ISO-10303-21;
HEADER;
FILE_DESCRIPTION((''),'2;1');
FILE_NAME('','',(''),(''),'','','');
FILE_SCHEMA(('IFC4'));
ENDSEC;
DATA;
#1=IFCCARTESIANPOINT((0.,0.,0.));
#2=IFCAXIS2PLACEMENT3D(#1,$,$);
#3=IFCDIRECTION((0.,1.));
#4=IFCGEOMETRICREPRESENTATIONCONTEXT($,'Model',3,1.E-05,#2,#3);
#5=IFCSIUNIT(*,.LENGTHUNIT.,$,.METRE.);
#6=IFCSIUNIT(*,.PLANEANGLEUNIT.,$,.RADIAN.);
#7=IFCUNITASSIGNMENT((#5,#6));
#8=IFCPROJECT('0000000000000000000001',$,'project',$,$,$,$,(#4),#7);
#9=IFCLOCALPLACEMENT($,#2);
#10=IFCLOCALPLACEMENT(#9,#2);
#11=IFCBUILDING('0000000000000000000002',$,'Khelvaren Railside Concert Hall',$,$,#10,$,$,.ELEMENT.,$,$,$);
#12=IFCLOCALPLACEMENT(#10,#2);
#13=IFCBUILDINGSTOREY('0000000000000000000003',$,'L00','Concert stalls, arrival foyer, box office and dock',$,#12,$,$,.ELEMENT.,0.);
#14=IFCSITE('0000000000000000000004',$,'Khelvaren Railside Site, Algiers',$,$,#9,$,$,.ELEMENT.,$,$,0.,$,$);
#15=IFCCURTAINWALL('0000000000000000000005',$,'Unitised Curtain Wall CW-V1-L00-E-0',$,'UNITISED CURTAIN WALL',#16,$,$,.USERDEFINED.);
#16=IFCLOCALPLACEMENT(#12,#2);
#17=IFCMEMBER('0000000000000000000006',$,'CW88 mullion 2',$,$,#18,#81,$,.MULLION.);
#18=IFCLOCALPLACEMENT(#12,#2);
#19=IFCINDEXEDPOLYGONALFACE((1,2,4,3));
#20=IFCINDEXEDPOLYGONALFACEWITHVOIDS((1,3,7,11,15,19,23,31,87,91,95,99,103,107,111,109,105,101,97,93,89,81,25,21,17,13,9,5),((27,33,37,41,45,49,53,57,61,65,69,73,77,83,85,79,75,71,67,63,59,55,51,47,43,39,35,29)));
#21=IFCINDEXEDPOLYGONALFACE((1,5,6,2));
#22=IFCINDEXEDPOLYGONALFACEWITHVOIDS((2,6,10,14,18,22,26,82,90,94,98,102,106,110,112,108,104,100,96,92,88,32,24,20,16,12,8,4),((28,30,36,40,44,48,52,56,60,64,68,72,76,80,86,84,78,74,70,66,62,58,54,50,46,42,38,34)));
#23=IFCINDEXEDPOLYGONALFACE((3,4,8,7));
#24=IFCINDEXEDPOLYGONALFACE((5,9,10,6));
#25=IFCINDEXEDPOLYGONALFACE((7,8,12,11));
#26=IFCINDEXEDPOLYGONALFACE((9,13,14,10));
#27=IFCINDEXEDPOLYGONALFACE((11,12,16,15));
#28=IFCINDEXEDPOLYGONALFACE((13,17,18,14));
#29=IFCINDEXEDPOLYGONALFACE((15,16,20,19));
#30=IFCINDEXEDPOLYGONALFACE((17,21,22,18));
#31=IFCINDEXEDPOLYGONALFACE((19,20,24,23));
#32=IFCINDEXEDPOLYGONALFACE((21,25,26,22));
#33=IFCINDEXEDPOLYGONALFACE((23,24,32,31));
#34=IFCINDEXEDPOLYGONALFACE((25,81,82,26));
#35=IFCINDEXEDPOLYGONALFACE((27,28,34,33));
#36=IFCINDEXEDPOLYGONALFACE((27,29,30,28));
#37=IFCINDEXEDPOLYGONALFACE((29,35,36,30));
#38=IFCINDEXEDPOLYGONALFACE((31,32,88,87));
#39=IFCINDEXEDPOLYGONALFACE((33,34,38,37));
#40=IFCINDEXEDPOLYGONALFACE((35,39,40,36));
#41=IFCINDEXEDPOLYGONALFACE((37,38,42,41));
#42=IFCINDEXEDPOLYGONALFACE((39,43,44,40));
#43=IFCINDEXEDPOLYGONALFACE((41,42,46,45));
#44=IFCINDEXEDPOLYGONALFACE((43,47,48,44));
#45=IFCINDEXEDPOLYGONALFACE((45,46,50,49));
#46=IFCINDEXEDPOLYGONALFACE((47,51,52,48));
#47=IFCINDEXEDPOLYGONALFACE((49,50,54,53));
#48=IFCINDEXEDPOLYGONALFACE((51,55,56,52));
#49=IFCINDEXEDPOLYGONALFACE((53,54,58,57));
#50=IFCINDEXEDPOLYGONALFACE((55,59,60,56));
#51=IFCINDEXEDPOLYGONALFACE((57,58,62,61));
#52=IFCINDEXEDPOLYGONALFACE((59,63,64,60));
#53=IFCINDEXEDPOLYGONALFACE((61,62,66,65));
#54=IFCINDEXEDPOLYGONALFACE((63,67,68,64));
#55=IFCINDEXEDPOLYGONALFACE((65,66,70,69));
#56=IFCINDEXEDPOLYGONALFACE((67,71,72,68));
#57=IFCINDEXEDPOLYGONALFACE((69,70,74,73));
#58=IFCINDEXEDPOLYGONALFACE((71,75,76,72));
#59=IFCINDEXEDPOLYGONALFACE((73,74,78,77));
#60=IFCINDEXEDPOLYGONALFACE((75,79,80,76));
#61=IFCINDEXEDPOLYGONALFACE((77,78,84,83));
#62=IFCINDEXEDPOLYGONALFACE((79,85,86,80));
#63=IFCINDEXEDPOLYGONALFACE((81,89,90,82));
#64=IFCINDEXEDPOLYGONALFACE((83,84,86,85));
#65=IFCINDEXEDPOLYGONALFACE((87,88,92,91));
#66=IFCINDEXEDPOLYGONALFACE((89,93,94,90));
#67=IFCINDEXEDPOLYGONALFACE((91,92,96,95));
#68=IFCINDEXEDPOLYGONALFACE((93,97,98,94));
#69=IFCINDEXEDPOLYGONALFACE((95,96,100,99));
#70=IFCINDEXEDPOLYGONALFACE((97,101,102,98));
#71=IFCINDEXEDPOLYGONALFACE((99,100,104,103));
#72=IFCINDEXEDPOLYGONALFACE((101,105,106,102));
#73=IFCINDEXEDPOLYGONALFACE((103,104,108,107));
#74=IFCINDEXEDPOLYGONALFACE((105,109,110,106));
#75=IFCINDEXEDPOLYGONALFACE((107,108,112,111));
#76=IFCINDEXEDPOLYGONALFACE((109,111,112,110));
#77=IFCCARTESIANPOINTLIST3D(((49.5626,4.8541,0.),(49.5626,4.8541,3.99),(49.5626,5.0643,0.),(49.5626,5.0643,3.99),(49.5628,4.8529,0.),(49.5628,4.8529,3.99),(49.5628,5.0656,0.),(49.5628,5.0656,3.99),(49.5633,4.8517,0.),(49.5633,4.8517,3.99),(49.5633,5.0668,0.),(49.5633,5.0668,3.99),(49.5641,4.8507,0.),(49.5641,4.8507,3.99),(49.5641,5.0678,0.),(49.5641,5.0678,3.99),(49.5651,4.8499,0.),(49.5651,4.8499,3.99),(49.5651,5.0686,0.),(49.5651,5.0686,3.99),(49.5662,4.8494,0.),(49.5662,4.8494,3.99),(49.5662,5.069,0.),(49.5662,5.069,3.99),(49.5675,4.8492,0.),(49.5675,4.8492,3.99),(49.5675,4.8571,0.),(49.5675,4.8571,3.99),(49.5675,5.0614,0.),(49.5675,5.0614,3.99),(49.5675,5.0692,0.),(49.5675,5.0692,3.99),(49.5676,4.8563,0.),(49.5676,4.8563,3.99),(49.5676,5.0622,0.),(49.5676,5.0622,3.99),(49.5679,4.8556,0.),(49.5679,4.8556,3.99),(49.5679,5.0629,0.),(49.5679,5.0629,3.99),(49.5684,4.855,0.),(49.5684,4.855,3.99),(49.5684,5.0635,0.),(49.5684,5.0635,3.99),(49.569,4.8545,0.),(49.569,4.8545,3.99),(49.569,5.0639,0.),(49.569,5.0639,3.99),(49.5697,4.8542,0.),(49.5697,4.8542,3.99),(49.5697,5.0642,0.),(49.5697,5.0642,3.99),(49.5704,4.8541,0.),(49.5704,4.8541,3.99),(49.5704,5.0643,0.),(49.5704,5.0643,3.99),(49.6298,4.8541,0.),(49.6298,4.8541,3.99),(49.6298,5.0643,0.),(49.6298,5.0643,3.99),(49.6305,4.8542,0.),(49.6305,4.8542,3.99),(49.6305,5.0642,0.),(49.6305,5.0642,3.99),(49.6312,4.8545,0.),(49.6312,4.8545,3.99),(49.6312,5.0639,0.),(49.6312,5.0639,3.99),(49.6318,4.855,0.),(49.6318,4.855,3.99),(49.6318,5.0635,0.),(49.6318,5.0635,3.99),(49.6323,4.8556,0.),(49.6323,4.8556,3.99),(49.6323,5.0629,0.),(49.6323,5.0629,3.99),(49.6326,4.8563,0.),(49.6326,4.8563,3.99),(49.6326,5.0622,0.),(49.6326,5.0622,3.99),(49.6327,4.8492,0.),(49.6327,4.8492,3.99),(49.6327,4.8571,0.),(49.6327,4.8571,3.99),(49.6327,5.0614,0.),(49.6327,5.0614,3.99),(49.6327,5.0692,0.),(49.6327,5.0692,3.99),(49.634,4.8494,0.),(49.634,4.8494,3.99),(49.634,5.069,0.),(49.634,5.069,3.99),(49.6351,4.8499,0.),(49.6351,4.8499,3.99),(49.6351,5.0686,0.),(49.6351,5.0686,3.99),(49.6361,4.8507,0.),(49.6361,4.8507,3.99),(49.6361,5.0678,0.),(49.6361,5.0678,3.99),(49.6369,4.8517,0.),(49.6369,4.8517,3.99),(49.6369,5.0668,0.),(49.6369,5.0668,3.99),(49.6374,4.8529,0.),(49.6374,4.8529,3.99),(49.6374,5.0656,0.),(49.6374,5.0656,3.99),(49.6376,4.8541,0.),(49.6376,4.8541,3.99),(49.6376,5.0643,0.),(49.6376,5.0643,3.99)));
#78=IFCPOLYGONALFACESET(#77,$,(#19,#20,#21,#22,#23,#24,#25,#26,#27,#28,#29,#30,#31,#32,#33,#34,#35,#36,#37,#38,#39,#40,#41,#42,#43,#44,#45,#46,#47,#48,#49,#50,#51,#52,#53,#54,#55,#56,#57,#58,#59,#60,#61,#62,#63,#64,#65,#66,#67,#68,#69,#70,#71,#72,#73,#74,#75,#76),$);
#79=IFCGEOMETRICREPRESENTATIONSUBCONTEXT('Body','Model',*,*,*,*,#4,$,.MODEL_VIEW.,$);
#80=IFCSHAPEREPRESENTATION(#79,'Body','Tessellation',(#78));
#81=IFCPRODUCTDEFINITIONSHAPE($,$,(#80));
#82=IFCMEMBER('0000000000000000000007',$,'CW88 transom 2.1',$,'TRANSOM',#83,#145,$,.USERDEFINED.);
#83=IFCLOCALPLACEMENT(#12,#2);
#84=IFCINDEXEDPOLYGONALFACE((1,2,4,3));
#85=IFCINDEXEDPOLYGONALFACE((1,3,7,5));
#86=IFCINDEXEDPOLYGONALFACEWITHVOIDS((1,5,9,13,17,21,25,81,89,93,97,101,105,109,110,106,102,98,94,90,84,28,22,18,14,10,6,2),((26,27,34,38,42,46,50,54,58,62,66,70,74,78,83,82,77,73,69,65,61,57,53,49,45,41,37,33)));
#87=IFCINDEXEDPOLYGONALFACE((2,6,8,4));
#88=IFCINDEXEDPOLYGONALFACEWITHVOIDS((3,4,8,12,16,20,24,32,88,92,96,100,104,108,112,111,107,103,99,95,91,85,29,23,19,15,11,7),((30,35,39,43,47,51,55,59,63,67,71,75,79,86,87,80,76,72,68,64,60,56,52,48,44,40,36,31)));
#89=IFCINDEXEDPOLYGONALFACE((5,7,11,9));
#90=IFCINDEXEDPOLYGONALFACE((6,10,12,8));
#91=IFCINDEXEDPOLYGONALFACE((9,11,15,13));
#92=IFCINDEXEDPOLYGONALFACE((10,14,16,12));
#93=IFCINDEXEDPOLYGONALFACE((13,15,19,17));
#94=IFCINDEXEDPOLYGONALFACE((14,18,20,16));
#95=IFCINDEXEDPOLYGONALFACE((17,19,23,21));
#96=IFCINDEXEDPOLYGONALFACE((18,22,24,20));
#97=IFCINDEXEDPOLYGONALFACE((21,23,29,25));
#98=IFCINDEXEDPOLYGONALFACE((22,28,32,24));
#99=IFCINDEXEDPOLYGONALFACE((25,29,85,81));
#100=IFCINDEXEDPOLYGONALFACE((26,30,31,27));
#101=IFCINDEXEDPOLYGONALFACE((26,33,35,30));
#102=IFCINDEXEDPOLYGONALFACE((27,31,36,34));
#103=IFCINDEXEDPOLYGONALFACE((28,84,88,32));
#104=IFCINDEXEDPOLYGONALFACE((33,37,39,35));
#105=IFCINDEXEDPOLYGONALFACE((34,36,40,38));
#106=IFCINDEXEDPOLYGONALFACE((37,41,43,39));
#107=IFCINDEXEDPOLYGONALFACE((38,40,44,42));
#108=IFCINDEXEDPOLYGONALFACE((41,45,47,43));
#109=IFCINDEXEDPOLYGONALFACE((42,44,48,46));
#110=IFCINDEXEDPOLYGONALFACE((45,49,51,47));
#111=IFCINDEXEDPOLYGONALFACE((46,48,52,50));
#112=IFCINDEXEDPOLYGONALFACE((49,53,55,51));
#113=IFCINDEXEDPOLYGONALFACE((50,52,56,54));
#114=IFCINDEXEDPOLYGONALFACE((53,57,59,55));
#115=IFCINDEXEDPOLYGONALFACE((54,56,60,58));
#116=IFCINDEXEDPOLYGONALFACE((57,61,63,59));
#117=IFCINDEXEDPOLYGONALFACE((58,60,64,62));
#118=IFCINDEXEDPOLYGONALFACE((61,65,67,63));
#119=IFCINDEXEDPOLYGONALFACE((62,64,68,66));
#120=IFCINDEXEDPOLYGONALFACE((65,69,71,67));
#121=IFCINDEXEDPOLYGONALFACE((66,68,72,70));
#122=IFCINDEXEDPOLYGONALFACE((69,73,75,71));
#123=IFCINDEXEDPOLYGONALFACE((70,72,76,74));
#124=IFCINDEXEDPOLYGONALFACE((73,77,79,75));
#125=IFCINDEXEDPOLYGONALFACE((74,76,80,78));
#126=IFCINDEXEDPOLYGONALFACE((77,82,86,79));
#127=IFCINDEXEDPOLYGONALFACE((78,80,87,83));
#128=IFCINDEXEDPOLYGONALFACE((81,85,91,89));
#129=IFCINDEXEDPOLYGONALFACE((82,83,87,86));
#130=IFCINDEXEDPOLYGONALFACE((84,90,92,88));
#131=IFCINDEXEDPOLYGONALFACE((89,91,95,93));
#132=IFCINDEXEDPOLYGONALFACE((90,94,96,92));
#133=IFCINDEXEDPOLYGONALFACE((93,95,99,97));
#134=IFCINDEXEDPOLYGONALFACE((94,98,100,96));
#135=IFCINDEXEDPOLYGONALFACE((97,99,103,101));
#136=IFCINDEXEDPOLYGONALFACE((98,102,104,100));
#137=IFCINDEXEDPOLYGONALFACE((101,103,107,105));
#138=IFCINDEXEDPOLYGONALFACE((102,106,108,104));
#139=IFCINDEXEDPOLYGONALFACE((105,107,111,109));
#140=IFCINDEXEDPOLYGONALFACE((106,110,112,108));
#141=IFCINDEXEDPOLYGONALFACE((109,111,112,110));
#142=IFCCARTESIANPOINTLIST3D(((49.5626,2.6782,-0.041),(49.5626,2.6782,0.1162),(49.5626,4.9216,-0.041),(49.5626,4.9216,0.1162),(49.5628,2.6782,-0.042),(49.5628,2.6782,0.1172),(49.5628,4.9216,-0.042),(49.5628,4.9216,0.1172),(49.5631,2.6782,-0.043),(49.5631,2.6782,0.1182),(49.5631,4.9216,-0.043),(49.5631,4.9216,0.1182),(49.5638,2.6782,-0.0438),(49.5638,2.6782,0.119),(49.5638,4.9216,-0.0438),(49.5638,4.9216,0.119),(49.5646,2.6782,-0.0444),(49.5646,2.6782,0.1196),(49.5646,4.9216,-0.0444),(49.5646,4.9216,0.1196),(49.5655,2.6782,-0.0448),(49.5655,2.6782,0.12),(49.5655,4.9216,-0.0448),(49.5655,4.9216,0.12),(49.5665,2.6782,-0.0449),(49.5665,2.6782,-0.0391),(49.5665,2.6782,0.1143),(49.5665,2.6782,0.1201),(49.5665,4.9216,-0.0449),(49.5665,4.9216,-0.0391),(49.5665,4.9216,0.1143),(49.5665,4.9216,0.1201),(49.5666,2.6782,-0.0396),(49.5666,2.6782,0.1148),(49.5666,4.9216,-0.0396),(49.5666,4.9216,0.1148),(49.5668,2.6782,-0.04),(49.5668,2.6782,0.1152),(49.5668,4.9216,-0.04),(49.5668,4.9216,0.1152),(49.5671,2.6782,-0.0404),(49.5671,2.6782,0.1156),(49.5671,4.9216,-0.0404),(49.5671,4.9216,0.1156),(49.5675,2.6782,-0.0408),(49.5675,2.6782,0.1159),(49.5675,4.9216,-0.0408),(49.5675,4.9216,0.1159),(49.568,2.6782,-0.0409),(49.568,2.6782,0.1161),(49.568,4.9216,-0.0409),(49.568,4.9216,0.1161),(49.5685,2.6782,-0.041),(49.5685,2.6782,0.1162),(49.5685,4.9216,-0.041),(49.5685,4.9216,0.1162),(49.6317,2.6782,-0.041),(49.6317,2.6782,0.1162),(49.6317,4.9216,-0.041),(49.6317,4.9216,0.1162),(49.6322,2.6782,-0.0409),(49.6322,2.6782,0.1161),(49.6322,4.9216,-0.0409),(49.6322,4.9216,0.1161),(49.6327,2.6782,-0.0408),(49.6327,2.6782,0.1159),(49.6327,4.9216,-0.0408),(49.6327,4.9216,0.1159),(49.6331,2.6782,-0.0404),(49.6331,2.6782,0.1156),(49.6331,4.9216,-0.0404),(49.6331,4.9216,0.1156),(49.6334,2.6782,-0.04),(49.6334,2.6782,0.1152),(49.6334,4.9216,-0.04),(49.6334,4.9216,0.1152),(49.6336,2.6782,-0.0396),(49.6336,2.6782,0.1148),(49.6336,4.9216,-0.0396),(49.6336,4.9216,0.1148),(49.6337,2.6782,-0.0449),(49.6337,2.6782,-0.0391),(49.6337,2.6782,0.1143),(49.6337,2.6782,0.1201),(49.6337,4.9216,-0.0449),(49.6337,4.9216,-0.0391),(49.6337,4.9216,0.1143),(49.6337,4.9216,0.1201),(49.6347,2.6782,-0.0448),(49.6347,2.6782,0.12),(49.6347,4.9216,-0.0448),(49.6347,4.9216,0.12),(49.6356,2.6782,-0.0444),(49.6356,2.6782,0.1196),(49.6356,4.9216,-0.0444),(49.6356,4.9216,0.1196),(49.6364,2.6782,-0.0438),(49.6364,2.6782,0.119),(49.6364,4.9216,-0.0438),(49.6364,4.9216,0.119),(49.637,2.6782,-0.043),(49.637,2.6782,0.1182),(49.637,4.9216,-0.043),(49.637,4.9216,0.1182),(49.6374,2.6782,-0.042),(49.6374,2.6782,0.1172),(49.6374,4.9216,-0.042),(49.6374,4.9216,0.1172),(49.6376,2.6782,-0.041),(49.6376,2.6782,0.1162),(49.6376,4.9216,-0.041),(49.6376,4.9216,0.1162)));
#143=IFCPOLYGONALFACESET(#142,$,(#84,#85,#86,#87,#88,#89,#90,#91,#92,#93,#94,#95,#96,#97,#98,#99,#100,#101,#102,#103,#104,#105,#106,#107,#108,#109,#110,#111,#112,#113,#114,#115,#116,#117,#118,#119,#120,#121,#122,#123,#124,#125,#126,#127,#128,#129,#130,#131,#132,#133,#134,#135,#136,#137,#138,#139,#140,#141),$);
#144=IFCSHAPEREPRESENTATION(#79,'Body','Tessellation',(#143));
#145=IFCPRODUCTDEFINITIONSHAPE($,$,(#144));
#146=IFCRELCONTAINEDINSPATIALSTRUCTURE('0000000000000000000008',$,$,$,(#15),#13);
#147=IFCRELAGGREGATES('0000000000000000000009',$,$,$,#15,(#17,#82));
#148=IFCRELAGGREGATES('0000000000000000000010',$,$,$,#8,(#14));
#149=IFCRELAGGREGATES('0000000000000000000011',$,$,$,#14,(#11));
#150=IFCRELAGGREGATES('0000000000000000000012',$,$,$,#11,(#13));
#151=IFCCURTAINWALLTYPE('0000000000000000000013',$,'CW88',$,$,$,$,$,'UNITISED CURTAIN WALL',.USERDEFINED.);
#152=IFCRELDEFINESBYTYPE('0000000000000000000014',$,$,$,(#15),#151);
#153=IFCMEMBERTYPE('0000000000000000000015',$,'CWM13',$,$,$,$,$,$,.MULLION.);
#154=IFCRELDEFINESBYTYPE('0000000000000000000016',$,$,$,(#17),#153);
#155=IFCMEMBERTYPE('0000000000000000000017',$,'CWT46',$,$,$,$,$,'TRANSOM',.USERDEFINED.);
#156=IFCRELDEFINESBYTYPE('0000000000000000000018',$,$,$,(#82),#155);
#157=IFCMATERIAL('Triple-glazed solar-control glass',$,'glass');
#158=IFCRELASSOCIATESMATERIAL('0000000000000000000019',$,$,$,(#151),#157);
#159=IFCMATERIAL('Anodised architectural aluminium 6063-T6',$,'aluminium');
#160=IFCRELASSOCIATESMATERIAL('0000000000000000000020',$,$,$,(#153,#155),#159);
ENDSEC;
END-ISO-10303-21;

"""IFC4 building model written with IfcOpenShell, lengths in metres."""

from ifc_helpers import new_model, si_unit, direction, frame, origin, origin_2d, place, context, subcontext, project, spatial, hollow_rectangle, extrude, material, material_profile, profile_set, type_object, element, aggregate, save


model = new_model("IFC4")

# Units and contexts
model_context = context("Model", 3, precision=1e-05, world=origin(), true_north=direction((0.0, 1.0)))
body_context = subcontext(model_context, "Body", "Model", "MODEL_VIEW")
ifc_project = project(units=[si_unit("LENGTHUNIT", "METRE"), si_unit("PLANEANGLEUNIT", "RADIAN")], contexts=[model_context])

# Site, building, storey
site_placement = place(None, origin())
site = spatial("IfcSite", under=ifc_project, at=site_placement, Name="Khelvaren Railside Site, Algiers", CompositionType="ELEMENT", RefElevation=0.0)
building_placement = place(site_placement, origin())
building = spatial("IfcBuilding", under=site, at=building_placement, Name="Khelvaren Railside Concert Hall", CompositionType="ELEMENT")
storey_placement = place(building_placement, origin())
storey = spatial("IfcBuildingStorey", under=building, at=storey_placement, Name="L00", Description="Concert stalls, arrival foyer, box office and dock", CompositionType="ELEMENT", Elevation=0.0)

# Curtain wall, members
ifc_material_1 = material(Name="Triple-glazed solar-control glass", Category="glass")
curtain_wall_type = type_object("IfcCurtainWallType", Name="CW88", ElementType="UNITISED CURTAIN WALL", PredefinedType="USERDEFINED", material=ifc_material_1)
curtain_wall_placement = place(storey_placement, origin())
curtain_wall = element("IfcCurtainWall", 1, at=curtain_wall_placement, inside=storey, type_object=curtain_wall_type, Name="Unitised Curtain Wall CW-V1-L00-E-0", ObjectType="UNITISED CURTAIN WALL", PredefinedType="USERDEFINED")
ifc_material_2 = material(Name="Anodised architectural aluminium 6063-T6", Category="aluminium")
ifc_material_profile_1 = material_profile(ifc_material_2, hollow_rectangle(XDim=0.075, YDim=0.22, WallThickness=0.0049, InnerFilletRadius=0.0029, OuterFilletRadius=0.0049, at=origin_2d()), Name="CWM 75x220x5")
ifc_profile_set_1 = profile_set([ifc_material_profile_1], Name="Anodised architectural aluminium 6063-T6")
member_type_1 = type_object("IfcMemberType", Name="CWM13", PredefinedType="MULLION", material=ifc_profile_set_1)
member_1_placement = place(storey_placement, frame((49.6001, 4.9592, 0.0), z_axis=(0.0, 0.0, 1.0), x_axis=(1.0, 0.0, 0.0)))
member_1 = element("IfcMember", 2, at=member_1_placement, type_object=member_type_1, Name="CW88 mullion 2", PredefinedType="MULLION", context=body_context, shape_type="SweptSolid", body=[
    extrude(hollow_rectangle(XDim=0.075, YDim=0.22, WallThickness=0.0049, InnerFilletRadius=0.0029, OuterFilletRadius=0.0049, at=origin_2d()), origin(), (0.0, 0.0, 1.0), 3.99),
])
ifc_material_profile_2 = material_profile(ifc_material_2, hollow_rectangle(XDim=0.075, YDim=0.165, WallThickness=0.0039, InnerFilletRadius=0.002, OuterFilletRadius=0.0039, at=origin_2d()), Name="CWT 75x165x4")
ifc_profile_set_2 = profile_set([ifc_material_profile_2], Name="Anodised architectural aluminium 6063-T6")
member_type_2 = type_object("IfcMemberType", Name="CWT46", ElementType="TRANSOM", PredefinedType="USERDEFINED", material=ifc_profile_set_2)
member_2_placement = place(storey_placement, frame((49.6001, 4.9216, 0.0376), z_axis=(0.0, -1.0, 0.0), x_axis=(1.0, 0.0, 0.0)))
member_2 = element("IfcMember", 3, at=member_2_placement, type_object=member_type_2, Name="CW88 transom 2.1", ObjectType="TRANSOM", PredefinedType="USERDEFINED", context=body_context, shape_type="SweptSolid", body=[
    extrude(hollow_rectangle(XDim=0.075, YDim=0.165, WallThickness=0.0039, InnerFilletRadius=0.002, OuterFilletRadius=0.0039, at=origin_2d()), origin(), (0.0, 0.0, 1.0), 2.2434),
])
aggregate(curtain_wall, [member_1, member_2])

save(model, "model.ifc")
